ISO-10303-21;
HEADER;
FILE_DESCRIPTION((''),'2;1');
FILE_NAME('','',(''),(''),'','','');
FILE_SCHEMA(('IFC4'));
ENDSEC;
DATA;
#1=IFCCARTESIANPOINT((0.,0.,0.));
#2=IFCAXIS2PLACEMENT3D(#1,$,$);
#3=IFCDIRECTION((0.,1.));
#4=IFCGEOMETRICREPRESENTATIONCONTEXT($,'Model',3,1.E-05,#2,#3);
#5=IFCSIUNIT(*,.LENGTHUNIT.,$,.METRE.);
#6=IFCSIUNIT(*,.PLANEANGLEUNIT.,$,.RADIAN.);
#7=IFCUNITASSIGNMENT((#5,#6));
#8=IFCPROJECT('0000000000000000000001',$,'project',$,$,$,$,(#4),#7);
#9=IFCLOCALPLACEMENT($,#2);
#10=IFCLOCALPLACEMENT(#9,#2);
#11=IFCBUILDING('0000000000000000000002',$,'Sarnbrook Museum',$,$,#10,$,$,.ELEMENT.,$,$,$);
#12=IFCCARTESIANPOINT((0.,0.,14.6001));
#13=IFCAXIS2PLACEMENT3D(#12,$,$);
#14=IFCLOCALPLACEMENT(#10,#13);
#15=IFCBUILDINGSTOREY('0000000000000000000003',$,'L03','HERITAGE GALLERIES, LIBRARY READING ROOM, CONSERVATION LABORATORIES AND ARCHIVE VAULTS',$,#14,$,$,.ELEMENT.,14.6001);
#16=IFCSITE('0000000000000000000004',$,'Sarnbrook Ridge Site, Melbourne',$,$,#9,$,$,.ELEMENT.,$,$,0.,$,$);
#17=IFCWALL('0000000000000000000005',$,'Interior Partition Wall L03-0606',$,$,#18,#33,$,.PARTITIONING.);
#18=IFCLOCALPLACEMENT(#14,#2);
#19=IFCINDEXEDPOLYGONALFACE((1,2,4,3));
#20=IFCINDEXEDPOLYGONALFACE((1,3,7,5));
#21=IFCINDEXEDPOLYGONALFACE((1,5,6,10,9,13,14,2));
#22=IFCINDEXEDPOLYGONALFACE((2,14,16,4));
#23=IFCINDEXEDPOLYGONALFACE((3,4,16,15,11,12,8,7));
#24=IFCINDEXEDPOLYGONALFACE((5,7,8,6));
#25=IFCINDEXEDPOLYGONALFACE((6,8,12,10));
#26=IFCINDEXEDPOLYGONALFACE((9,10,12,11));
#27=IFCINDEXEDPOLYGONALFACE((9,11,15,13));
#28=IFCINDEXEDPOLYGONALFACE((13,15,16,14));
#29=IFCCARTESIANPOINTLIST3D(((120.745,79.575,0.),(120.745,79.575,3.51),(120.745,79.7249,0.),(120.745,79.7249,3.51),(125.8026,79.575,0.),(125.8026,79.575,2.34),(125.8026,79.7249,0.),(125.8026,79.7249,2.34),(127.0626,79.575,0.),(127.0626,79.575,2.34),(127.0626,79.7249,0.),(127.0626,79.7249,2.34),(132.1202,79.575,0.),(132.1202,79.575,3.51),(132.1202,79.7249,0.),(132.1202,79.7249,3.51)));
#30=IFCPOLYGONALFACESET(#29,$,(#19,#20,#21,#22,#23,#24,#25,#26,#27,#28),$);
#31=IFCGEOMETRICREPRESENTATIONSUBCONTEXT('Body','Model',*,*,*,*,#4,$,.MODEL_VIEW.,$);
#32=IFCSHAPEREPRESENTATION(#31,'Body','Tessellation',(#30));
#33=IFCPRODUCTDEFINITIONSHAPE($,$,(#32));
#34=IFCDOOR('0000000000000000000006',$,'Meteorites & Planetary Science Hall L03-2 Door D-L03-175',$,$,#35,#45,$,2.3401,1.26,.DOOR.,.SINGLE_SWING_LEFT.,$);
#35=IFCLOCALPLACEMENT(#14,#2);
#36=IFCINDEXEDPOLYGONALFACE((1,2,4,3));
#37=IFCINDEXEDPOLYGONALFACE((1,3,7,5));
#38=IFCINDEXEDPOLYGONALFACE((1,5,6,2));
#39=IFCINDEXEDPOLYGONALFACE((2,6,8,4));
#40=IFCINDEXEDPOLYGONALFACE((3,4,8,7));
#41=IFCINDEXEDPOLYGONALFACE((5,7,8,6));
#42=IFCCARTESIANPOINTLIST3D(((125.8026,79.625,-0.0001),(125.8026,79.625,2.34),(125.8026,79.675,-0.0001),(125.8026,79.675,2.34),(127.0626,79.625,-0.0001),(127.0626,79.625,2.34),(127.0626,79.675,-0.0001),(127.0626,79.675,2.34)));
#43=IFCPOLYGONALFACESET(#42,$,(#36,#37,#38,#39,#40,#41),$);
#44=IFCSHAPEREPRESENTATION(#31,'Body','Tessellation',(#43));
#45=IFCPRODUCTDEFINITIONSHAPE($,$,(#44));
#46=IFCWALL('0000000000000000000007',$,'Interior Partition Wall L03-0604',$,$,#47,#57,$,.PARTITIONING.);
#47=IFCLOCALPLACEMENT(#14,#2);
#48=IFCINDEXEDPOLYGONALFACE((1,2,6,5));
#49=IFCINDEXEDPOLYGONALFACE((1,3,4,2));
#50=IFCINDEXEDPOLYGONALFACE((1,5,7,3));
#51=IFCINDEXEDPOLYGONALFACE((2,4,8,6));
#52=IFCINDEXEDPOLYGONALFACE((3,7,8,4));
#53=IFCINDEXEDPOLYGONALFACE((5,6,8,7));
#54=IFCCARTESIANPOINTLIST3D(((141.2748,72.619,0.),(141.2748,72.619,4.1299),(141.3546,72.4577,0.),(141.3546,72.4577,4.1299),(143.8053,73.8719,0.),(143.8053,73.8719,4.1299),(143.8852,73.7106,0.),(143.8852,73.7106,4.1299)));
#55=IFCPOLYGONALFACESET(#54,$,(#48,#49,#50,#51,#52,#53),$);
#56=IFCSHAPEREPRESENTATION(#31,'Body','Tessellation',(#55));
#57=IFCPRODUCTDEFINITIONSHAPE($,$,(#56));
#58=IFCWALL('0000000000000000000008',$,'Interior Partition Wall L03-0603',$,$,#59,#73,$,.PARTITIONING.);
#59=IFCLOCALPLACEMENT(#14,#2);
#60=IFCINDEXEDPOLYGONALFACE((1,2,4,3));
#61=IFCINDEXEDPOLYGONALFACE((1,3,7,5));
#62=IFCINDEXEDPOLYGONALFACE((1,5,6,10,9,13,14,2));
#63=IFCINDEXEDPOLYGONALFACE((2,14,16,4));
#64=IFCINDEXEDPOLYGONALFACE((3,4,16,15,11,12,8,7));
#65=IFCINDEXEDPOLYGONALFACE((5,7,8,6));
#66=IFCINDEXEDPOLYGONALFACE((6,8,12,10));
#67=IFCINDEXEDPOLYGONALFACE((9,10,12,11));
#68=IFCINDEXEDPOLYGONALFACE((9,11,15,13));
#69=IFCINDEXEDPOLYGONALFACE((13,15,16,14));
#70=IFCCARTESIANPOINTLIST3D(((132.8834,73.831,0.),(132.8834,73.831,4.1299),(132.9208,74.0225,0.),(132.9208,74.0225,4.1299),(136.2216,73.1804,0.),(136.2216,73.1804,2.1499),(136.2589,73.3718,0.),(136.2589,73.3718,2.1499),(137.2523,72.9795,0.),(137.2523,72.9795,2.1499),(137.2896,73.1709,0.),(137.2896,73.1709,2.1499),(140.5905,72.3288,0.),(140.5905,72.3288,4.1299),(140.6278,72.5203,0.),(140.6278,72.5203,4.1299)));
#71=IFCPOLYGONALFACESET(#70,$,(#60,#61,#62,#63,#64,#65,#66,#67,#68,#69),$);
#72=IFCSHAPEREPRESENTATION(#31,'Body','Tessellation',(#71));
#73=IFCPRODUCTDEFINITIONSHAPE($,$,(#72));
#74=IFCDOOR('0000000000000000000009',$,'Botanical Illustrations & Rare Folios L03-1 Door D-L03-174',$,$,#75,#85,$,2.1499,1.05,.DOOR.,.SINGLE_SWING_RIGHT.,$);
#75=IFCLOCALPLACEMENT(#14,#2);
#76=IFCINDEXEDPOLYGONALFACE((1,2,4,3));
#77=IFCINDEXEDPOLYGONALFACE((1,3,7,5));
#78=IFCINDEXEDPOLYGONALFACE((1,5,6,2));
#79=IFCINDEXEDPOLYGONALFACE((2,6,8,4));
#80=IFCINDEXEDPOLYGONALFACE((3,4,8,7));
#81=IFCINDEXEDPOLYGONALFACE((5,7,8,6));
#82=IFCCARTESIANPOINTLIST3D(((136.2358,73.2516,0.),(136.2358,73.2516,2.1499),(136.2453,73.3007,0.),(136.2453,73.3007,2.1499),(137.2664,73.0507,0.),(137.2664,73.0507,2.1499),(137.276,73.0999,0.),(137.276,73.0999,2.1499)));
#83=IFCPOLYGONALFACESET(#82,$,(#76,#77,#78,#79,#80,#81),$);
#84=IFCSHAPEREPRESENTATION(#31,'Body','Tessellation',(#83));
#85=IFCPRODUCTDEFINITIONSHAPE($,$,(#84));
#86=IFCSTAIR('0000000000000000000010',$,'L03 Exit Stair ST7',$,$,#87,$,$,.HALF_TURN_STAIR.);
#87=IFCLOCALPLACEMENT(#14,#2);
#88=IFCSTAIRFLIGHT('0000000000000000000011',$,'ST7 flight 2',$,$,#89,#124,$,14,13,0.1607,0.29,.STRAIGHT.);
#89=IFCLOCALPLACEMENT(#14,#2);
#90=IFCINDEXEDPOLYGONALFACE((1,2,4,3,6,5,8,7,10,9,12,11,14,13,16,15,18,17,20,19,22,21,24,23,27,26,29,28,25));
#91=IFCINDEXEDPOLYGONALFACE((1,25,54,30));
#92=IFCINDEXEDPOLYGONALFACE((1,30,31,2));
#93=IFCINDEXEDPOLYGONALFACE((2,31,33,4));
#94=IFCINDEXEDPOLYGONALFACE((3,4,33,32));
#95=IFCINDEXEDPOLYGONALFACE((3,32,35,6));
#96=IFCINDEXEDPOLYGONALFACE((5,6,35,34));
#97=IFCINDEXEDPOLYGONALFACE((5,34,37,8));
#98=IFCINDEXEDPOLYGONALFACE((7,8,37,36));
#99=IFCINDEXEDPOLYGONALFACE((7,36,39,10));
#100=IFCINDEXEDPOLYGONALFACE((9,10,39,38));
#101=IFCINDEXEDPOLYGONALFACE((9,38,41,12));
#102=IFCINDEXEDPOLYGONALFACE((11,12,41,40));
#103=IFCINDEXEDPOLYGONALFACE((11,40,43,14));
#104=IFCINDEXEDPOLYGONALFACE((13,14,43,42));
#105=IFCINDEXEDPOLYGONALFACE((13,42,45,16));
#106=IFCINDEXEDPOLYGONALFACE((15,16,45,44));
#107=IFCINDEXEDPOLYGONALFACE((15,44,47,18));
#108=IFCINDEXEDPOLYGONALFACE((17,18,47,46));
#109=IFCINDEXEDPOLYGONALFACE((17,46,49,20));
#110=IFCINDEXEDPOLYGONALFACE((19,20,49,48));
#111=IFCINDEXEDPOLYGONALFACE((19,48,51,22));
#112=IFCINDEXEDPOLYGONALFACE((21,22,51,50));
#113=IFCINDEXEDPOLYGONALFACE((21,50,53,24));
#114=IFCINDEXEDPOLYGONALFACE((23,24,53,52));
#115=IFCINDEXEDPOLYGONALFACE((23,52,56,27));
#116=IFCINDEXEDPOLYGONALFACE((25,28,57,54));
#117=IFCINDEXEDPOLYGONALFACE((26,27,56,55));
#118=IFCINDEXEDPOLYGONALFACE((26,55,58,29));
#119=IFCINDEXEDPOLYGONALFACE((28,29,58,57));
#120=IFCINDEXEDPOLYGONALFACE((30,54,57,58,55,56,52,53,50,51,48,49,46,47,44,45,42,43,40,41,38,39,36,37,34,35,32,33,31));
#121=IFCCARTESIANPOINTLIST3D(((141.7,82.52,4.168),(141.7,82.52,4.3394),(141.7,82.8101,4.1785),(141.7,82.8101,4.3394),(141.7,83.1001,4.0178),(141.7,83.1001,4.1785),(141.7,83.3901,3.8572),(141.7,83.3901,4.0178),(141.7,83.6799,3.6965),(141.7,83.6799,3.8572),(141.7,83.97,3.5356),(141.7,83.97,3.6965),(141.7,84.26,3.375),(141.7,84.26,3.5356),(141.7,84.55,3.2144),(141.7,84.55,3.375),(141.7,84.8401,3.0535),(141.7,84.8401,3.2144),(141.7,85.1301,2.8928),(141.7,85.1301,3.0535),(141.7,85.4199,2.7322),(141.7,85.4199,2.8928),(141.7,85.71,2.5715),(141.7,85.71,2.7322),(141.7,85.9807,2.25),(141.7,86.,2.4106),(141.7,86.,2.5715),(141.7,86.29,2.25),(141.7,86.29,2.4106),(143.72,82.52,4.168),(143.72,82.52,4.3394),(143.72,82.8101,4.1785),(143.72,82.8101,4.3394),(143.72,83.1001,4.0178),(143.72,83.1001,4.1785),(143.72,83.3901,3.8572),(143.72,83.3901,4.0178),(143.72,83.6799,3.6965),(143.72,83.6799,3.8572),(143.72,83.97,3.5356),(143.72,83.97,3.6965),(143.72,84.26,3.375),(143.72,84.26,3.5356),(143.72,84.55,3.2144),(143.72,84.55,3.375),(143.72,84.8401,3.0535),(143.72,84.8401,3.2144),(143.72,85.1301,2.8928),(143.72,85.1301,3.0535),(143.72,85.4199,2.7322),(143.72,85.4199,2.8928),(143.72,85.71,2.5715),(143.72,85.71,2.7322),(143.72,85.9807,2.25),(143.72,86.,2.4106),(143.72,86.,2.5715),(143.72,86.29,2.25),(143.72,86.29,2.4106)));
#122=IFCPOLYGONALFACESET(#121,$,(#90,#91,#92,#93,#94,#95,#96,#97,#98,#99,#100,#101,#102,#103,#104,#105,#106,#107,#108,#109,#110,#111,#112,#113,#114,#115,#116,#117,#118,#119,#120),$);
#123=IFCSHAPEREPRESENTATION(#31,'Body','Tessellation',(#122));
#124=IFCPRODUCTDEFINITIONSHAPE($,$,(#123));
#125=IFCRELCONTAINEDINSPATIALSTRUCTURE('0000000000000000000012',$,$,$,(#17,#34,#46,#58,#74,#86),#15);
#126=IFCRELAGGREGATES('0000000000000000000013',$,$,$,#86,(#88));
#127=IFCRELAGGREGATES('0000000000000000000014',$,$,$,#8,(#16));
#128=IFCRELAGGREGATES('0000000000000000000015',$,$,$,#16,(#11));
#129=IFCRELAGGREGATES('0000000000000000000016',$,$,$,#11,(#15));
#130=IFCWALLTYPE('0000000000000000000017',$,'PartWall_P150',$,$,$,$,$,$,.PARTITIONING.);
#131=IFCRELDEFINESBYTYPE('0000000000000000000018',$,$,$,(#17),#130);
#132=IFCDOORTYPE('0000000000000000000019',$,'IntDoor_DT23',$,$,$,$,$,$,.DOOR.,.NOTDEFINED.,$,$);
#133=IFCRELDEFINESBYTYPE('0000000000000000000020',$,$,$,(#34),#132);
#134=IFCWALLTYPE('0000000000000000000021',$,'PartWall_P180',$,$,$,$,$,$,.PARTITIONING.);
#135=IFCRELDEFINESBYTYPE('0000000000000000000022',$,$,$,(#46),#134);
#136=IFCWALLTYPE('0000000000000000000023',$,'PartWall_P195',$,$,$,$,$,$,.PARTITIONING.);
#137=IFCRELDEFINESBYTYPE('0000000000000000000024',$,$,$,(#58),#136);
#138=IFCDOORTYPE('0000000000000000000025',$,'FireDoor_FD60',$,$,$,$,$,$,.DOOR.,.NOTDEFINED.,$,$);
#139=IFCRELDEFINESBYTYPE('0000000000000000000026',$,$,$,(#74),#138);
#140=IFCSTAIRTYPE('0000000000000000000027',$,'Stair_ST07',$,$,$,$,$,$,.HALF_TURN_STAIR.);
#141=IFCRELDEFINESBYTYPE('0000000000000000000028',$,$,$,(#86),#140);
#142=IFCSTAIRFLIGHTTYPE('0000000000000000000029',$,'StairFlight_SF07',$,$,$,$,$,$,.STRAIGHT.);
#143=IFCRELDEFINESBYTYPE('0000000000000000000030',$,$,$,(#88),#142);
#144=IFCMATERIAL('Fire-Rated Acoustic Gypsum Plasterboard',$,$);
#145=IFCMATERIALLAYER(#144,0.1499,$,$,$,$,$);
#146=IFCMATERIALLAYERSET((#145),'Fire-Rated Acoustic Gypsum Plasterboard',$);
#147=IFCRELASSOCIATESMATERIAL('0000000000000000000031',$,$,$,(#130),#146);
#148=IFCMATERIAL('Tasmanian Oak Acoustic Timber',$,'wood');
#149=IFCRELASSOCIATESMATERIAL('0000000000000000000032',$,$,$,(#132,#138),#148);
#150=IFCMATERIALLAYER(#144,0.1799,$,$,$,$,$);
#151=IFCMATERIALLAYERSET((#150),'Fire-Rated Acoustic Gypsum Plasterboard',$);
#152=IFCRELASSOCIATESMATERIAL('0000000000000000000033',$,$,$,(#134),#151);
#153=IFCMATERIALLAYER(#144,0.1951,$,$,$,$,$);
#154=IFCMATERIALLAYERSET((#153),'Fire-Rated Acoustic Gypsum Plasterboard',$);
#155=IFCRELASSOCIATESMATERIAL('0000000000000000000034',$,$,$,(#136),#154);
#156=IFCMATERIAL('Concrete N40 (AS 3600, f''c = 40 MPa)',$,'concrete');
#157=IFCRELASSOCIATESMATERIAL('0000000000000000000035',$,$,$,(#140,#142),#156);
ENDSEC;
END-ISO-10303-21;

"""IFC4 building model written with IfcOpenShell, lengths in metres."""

from ifc_helpers import new_model, si_unit, direction, frame, frame_2d, origin, place, context, subcontext, project, spatial, polyline, rectangle, outline, extrude, material, layer, layer_set, type_object, element, fill, aggregate, save


model = new_model("IFC4")

# Units and contexts
model_context = context("Model", 3, precision=1e-05, world=origin(), true_north=direction((0.0, 1.0)))
body_context = subcontext(model_context, "Body", "Model", "MODEL_VIEW")
ifc_project = project(units=[si_unit("LENGTHUNIT", "METRE"), si_unit("PLANEANGLEUNIT", "RADIAN")], contexts=[model_context])

# Site, building, storey
site_placement = place(None, origin())
site = spatial("IfcSite", under=ifc_project, at=site_placement, Name="Sarnbrook Ridge Site, Melbourne", CompositionType="ELEMENT", RefElevation=0.0)
building_placement = place(site_placement, origin())
building = spatial("IfcBuilding", under=site, at=building_placement, Name="Sarnbrook Museum", CompositionType="ELEMENT")
storey_placement = place(building_placement, frame((0.0, 0.0, 14.6001)))
storey = spatial("IfcBuildingStorey", under=building, at=storey_placement, Name="L03", Description="HERITAGE GALLERIES, LIBRARY READING ROOM, CONSERVATION LABORATORIES AND ARCHIVE VAULTS", CompositionType="ELEMENT", Elevation=14.6001)

# Wall, opening, door
ifc_material_1 = material(Name="Tasmanian Oak Acoustic Timber", Category="wood")
ifc_material_2 = material(Name="Fire-Rated Acoustic Gypsum Plasterboard")
ifc_layer_1 = layer(ifc_material_2, 0.1499)
ifc_layer_set_1 = layer_set([ifc_layer_1], Name="Fire-Rated Acoustic Gypsum Plasterboard")
wall_type_1 = type_object("IfcWallType", Name="PartWall_P150", PredefinedType="PARTITIONING", material=ifc_layer_set_1)
wall_1_placement = place(storey_placement, frame((132.1201, 79.6499, 0.0), z_axis=(0.0, 0.0, 1.0), x_axis=(-1.0, 0.0, 0.0)))
wall_1 = element("IfcWall", 1, at=wall_1_placement, inside=storey, type_object=wall_type_1, Name="Interior Partition Wall L03-0606", PredefinedType="PARTITIONING", context=body_context, shape_type="SweptSolid", body=[
    extrude(rectangle(XDim=11.3752, YDim=0.1499, at=frame_2d((5.6875, 0.0))), origin(), (0.0, 0.0, 1.0), 3.51),
])
opening_1_placement = place(wall_1_placement, frame((5.0576, 0.0, 0.0)))
opening_1 = element("IfcOpeningElement", 2, at=opening_1_placement, cuts=wall_1, PredefinedType="OPENING", context=body_context, shape_type="SweptSolid", body=[
    extrude(rectangle(XDim=1.26, YDim=2.3401, at=frame_2d((0.6299, 1.1699))), frame((0.0, 0.085, 0.0), z_axis=(0.0, -1.0, 0.0), x_axis=(1.0, 0.0, 0.0)), (0.0, 0.0, 1.0), 0.1699),
])
door_type_1 = type_object("IfcDoorType", Name="IntDoor_DT23", OperationType="NOTDEFINED", PredefinedType="DOOR", material=ifc_material_1)
door_1_placement = place(opening_1_placement, origin())
door_1 = element("IfcDoor", 3, at=door_1_placement, inside=storey, type_object=door_type_1, Name="Meteorites & Planetary Science Hall L03-2 Door D-L03-175", OperationType="SINGLE_SWING_LEFT", OverallHeight=2.3401, OverallWidth=1.26, PredefinedType="DOOR", context=body_context, shape_type="SweptSolid", body=[
    extrude(rectangle(XDim=1.26, YDim=2.3401, at=frame_2d((0.6299, 1.1699))), frame((0.0, 0.0249, 0.0), z_axis=(0.0, -1.0, 0.0), x_axis=(1.0, 0.0, 0.0)), (0.0, 0.0, 1.0), 0.05),
])
fill(opening_1, door_1)

# Wall
ifc_layer_2 = layer(ifc_material_2, 0.1799)
ifc_layer_set_2 = layer_set([ifc_layer_2], Name="Fire-Rated Acoustic Gypsum Plasterboard")
wall_type_2 = type_object("IfcWallType", Name="PartWall_P180", PredefinedType="PARTITIONING", material=ifc_layer_set_2)
wall_2_placement = place(storey_placement, frame((141.3147, 72.5383, 0.0), z_axis=(0.0, 0.0, 1.0), x_axis=(0.896167, 0.443717, 0.0)))
element("IfcWall", 4, at=wall_2_placement, inside=storey, type_object=wall_type_2, Name="Interior Partition Wall L03-0604", PredefinedType="PARTITIONING", context=body_context, shape_type="SweptSolid", body=[
    extrude(rectangle(XDim=2.8237, YDim=0.1799, at=frame_2d((1.4119, 0.0))), origin(), (0.0, 0.0, 1.0), 4.1299),
])

# Wall, opening, door
ifc_layer_3 = layer(ifc_material_2, 0.1951)
ifc_layer_set_3 = layer_set([ifc_layer_3], Name="Fire-Rated Acoustic Gypsum Plasterboard")
wall_type_3 = type_object("IfcWallType", Name="PartWall_P195", PredefinedType="PARTITIONING", material=ifc_layer_set_3)
wall_3_placement = place(storey_placement, frame((132.9021, 73.9268, 0.0), z_axis=(0.0, 0.0, 1.0), x_axis=(0.981529, -0.191312, 0.0)))
wall_3 = element("IfcWall", 5, at=wall_3_placement, inside=storey, type_object=wall_type_3, Name="Interior Partition Wall L03-0603", PredefinedType="PARTITIONING", context=body_context, shape_type="SweptSolid", body=[
    extrude(rectangle(XDim=7.8521, YDim=0.1951, at=frame_2d((3.926, 0.0))), origin(), (0.0, 0.0, 1.0), 4.1299),
])
opening_2_placement = place(wall_3_placement, frame((3.4011, 0.0, 0.0)))
opening_2 = element("IfcOpeningElement", 6, at=opening_2_placement, cuts=wall_3, PredefinedType="OPENING", context=body_context, shape_type="SweptSolid", body=[
    extrude(rectangle(XDim=1.05, YDim=2.1499, at=frame_2d((0.5249, 1.075))), frame((0.0, 0.1074, 0.0), z_axis=(0.0, -1.0, 0.0), x_axis=(1.0, 0.0, 0.0)), (0.0, 0.0, 1.0), 0.2151),
])
door_type_2 = type_object("IfcDoorType", Name="FireDoor_FD60", OperationType="NOTDEFINED", PredefinedType="DOOR", material=ifc_material_1)
door_2_placement = place(opening_2_placement, frame((1.05, 0.0, 0.0), z_axis=(0.0, 0.0, 1.0), x_axis=(-1.0, 0.0, 0.0)))
door_2 = element("IfcDoor", 7, at=door_2_placement, inside=storey, type_object=door_type_2, Name="Botanical Illustrations & Rare Folios L03-1 Door D-L03-174", OperationType="SINGLE_SWING_RIGHT", OverallHeight=2.1499, OverallWidth=1.05, PredefinedType="DOOR", context=body_context, shape_type="SweptSolid", body=[
    extrude(rectangle(XDim=1.05, YDim=2.1499, at=frame_2d((0.5249, 1.075))), frame((0.0, 0.0249, 0.0), z_axis=(0.0, -1.0, 0.0), x_axis=(1.0, 0.0, 0.0)), (0.0, 0.0, 1.0), 0.05),
])
fill(opening_2, door_2)

# Stair, stair flight
ifc_material_3 = material(Name="Concrete N40 (AS 3600, f'c = 40 MPa)", Category="concrete")
stair_type = type_object("IfcStairType", Name="Stair_ST07", PredefinedType="HALF_TURN_STAIR", material=ifc_material_3)
stair_placement = place(storey_placement, origin())
stair = element("IfcStair", 8, at=stair_placement, inside=storey, type_object=stair_type, Name="L03 Exit Stair ST7", PredefinedType="HALF_TURN_STAIR")
stair_flight_type = type_object("IfcStairFlightType", Name="StairFlight_SF07", PredefinedType="STRAIGHT", material=ifc_material_3)
stair_flight_placement = place(storey_placement, frame((142.71, 86.29, 2.25), z_axis=(0.0, 0.0, 1.0), x_axis=(0.0, -1.0, 0.0)))
stair_flight = element("IfcStairFlight", 9, at=stair_flight_placement, type_object=stair_flight_type, Name="ST7 flight 2", NumberOfRisers=14, NumberOfTreads=13, PredefinedType="STRAIGHT", RiserHeight=0.1607, TreadLength=0.29, context=body_context, shape_type="SweptSolid", body=[
    extrude(outline(polyline([(0.0, 0.0), (0.0, 0.1606), (0.29, 0.1606), (0.29, 0.3215), (0.5801, 0.3215), (0.5801, 0.4822), (0.8701, 0.4822), (0.8701, 0.6428), (1.1599, 0.6428), (1.1599, 0.8035), (1.45, 0.8035), (1.45, 0.9644), (1.74, 0.9644), (1.74, 1.125), (2.03, 1.125), (2.03, 1.2856), (2.3201, 1.2856), (2.3201, 1.4465), (2.6101, 1.4465), (2.6101, 1.6072), (2.8999, 1.6072), (2.8999, 1.7678), (3.1899, 1.7678), (3.1899, 1.9285), (3.48, 1.9285), (3.48, 2.0894), (3.77, 2.0894), (3.77, 2.25), (3.77, 1.918), (0.3093, 0.0), (0.0, 0.0)])), frame((0.0, 1.01, 0.0), z_axis=(0.0, -1.0, 0.0), x_axis=(1.0, 0.0, 0.0)), (0.0, 0.0, 1.0), 2.02),
])
aggregate(stair, [stair_flight])

save(model, "model.ifc")
